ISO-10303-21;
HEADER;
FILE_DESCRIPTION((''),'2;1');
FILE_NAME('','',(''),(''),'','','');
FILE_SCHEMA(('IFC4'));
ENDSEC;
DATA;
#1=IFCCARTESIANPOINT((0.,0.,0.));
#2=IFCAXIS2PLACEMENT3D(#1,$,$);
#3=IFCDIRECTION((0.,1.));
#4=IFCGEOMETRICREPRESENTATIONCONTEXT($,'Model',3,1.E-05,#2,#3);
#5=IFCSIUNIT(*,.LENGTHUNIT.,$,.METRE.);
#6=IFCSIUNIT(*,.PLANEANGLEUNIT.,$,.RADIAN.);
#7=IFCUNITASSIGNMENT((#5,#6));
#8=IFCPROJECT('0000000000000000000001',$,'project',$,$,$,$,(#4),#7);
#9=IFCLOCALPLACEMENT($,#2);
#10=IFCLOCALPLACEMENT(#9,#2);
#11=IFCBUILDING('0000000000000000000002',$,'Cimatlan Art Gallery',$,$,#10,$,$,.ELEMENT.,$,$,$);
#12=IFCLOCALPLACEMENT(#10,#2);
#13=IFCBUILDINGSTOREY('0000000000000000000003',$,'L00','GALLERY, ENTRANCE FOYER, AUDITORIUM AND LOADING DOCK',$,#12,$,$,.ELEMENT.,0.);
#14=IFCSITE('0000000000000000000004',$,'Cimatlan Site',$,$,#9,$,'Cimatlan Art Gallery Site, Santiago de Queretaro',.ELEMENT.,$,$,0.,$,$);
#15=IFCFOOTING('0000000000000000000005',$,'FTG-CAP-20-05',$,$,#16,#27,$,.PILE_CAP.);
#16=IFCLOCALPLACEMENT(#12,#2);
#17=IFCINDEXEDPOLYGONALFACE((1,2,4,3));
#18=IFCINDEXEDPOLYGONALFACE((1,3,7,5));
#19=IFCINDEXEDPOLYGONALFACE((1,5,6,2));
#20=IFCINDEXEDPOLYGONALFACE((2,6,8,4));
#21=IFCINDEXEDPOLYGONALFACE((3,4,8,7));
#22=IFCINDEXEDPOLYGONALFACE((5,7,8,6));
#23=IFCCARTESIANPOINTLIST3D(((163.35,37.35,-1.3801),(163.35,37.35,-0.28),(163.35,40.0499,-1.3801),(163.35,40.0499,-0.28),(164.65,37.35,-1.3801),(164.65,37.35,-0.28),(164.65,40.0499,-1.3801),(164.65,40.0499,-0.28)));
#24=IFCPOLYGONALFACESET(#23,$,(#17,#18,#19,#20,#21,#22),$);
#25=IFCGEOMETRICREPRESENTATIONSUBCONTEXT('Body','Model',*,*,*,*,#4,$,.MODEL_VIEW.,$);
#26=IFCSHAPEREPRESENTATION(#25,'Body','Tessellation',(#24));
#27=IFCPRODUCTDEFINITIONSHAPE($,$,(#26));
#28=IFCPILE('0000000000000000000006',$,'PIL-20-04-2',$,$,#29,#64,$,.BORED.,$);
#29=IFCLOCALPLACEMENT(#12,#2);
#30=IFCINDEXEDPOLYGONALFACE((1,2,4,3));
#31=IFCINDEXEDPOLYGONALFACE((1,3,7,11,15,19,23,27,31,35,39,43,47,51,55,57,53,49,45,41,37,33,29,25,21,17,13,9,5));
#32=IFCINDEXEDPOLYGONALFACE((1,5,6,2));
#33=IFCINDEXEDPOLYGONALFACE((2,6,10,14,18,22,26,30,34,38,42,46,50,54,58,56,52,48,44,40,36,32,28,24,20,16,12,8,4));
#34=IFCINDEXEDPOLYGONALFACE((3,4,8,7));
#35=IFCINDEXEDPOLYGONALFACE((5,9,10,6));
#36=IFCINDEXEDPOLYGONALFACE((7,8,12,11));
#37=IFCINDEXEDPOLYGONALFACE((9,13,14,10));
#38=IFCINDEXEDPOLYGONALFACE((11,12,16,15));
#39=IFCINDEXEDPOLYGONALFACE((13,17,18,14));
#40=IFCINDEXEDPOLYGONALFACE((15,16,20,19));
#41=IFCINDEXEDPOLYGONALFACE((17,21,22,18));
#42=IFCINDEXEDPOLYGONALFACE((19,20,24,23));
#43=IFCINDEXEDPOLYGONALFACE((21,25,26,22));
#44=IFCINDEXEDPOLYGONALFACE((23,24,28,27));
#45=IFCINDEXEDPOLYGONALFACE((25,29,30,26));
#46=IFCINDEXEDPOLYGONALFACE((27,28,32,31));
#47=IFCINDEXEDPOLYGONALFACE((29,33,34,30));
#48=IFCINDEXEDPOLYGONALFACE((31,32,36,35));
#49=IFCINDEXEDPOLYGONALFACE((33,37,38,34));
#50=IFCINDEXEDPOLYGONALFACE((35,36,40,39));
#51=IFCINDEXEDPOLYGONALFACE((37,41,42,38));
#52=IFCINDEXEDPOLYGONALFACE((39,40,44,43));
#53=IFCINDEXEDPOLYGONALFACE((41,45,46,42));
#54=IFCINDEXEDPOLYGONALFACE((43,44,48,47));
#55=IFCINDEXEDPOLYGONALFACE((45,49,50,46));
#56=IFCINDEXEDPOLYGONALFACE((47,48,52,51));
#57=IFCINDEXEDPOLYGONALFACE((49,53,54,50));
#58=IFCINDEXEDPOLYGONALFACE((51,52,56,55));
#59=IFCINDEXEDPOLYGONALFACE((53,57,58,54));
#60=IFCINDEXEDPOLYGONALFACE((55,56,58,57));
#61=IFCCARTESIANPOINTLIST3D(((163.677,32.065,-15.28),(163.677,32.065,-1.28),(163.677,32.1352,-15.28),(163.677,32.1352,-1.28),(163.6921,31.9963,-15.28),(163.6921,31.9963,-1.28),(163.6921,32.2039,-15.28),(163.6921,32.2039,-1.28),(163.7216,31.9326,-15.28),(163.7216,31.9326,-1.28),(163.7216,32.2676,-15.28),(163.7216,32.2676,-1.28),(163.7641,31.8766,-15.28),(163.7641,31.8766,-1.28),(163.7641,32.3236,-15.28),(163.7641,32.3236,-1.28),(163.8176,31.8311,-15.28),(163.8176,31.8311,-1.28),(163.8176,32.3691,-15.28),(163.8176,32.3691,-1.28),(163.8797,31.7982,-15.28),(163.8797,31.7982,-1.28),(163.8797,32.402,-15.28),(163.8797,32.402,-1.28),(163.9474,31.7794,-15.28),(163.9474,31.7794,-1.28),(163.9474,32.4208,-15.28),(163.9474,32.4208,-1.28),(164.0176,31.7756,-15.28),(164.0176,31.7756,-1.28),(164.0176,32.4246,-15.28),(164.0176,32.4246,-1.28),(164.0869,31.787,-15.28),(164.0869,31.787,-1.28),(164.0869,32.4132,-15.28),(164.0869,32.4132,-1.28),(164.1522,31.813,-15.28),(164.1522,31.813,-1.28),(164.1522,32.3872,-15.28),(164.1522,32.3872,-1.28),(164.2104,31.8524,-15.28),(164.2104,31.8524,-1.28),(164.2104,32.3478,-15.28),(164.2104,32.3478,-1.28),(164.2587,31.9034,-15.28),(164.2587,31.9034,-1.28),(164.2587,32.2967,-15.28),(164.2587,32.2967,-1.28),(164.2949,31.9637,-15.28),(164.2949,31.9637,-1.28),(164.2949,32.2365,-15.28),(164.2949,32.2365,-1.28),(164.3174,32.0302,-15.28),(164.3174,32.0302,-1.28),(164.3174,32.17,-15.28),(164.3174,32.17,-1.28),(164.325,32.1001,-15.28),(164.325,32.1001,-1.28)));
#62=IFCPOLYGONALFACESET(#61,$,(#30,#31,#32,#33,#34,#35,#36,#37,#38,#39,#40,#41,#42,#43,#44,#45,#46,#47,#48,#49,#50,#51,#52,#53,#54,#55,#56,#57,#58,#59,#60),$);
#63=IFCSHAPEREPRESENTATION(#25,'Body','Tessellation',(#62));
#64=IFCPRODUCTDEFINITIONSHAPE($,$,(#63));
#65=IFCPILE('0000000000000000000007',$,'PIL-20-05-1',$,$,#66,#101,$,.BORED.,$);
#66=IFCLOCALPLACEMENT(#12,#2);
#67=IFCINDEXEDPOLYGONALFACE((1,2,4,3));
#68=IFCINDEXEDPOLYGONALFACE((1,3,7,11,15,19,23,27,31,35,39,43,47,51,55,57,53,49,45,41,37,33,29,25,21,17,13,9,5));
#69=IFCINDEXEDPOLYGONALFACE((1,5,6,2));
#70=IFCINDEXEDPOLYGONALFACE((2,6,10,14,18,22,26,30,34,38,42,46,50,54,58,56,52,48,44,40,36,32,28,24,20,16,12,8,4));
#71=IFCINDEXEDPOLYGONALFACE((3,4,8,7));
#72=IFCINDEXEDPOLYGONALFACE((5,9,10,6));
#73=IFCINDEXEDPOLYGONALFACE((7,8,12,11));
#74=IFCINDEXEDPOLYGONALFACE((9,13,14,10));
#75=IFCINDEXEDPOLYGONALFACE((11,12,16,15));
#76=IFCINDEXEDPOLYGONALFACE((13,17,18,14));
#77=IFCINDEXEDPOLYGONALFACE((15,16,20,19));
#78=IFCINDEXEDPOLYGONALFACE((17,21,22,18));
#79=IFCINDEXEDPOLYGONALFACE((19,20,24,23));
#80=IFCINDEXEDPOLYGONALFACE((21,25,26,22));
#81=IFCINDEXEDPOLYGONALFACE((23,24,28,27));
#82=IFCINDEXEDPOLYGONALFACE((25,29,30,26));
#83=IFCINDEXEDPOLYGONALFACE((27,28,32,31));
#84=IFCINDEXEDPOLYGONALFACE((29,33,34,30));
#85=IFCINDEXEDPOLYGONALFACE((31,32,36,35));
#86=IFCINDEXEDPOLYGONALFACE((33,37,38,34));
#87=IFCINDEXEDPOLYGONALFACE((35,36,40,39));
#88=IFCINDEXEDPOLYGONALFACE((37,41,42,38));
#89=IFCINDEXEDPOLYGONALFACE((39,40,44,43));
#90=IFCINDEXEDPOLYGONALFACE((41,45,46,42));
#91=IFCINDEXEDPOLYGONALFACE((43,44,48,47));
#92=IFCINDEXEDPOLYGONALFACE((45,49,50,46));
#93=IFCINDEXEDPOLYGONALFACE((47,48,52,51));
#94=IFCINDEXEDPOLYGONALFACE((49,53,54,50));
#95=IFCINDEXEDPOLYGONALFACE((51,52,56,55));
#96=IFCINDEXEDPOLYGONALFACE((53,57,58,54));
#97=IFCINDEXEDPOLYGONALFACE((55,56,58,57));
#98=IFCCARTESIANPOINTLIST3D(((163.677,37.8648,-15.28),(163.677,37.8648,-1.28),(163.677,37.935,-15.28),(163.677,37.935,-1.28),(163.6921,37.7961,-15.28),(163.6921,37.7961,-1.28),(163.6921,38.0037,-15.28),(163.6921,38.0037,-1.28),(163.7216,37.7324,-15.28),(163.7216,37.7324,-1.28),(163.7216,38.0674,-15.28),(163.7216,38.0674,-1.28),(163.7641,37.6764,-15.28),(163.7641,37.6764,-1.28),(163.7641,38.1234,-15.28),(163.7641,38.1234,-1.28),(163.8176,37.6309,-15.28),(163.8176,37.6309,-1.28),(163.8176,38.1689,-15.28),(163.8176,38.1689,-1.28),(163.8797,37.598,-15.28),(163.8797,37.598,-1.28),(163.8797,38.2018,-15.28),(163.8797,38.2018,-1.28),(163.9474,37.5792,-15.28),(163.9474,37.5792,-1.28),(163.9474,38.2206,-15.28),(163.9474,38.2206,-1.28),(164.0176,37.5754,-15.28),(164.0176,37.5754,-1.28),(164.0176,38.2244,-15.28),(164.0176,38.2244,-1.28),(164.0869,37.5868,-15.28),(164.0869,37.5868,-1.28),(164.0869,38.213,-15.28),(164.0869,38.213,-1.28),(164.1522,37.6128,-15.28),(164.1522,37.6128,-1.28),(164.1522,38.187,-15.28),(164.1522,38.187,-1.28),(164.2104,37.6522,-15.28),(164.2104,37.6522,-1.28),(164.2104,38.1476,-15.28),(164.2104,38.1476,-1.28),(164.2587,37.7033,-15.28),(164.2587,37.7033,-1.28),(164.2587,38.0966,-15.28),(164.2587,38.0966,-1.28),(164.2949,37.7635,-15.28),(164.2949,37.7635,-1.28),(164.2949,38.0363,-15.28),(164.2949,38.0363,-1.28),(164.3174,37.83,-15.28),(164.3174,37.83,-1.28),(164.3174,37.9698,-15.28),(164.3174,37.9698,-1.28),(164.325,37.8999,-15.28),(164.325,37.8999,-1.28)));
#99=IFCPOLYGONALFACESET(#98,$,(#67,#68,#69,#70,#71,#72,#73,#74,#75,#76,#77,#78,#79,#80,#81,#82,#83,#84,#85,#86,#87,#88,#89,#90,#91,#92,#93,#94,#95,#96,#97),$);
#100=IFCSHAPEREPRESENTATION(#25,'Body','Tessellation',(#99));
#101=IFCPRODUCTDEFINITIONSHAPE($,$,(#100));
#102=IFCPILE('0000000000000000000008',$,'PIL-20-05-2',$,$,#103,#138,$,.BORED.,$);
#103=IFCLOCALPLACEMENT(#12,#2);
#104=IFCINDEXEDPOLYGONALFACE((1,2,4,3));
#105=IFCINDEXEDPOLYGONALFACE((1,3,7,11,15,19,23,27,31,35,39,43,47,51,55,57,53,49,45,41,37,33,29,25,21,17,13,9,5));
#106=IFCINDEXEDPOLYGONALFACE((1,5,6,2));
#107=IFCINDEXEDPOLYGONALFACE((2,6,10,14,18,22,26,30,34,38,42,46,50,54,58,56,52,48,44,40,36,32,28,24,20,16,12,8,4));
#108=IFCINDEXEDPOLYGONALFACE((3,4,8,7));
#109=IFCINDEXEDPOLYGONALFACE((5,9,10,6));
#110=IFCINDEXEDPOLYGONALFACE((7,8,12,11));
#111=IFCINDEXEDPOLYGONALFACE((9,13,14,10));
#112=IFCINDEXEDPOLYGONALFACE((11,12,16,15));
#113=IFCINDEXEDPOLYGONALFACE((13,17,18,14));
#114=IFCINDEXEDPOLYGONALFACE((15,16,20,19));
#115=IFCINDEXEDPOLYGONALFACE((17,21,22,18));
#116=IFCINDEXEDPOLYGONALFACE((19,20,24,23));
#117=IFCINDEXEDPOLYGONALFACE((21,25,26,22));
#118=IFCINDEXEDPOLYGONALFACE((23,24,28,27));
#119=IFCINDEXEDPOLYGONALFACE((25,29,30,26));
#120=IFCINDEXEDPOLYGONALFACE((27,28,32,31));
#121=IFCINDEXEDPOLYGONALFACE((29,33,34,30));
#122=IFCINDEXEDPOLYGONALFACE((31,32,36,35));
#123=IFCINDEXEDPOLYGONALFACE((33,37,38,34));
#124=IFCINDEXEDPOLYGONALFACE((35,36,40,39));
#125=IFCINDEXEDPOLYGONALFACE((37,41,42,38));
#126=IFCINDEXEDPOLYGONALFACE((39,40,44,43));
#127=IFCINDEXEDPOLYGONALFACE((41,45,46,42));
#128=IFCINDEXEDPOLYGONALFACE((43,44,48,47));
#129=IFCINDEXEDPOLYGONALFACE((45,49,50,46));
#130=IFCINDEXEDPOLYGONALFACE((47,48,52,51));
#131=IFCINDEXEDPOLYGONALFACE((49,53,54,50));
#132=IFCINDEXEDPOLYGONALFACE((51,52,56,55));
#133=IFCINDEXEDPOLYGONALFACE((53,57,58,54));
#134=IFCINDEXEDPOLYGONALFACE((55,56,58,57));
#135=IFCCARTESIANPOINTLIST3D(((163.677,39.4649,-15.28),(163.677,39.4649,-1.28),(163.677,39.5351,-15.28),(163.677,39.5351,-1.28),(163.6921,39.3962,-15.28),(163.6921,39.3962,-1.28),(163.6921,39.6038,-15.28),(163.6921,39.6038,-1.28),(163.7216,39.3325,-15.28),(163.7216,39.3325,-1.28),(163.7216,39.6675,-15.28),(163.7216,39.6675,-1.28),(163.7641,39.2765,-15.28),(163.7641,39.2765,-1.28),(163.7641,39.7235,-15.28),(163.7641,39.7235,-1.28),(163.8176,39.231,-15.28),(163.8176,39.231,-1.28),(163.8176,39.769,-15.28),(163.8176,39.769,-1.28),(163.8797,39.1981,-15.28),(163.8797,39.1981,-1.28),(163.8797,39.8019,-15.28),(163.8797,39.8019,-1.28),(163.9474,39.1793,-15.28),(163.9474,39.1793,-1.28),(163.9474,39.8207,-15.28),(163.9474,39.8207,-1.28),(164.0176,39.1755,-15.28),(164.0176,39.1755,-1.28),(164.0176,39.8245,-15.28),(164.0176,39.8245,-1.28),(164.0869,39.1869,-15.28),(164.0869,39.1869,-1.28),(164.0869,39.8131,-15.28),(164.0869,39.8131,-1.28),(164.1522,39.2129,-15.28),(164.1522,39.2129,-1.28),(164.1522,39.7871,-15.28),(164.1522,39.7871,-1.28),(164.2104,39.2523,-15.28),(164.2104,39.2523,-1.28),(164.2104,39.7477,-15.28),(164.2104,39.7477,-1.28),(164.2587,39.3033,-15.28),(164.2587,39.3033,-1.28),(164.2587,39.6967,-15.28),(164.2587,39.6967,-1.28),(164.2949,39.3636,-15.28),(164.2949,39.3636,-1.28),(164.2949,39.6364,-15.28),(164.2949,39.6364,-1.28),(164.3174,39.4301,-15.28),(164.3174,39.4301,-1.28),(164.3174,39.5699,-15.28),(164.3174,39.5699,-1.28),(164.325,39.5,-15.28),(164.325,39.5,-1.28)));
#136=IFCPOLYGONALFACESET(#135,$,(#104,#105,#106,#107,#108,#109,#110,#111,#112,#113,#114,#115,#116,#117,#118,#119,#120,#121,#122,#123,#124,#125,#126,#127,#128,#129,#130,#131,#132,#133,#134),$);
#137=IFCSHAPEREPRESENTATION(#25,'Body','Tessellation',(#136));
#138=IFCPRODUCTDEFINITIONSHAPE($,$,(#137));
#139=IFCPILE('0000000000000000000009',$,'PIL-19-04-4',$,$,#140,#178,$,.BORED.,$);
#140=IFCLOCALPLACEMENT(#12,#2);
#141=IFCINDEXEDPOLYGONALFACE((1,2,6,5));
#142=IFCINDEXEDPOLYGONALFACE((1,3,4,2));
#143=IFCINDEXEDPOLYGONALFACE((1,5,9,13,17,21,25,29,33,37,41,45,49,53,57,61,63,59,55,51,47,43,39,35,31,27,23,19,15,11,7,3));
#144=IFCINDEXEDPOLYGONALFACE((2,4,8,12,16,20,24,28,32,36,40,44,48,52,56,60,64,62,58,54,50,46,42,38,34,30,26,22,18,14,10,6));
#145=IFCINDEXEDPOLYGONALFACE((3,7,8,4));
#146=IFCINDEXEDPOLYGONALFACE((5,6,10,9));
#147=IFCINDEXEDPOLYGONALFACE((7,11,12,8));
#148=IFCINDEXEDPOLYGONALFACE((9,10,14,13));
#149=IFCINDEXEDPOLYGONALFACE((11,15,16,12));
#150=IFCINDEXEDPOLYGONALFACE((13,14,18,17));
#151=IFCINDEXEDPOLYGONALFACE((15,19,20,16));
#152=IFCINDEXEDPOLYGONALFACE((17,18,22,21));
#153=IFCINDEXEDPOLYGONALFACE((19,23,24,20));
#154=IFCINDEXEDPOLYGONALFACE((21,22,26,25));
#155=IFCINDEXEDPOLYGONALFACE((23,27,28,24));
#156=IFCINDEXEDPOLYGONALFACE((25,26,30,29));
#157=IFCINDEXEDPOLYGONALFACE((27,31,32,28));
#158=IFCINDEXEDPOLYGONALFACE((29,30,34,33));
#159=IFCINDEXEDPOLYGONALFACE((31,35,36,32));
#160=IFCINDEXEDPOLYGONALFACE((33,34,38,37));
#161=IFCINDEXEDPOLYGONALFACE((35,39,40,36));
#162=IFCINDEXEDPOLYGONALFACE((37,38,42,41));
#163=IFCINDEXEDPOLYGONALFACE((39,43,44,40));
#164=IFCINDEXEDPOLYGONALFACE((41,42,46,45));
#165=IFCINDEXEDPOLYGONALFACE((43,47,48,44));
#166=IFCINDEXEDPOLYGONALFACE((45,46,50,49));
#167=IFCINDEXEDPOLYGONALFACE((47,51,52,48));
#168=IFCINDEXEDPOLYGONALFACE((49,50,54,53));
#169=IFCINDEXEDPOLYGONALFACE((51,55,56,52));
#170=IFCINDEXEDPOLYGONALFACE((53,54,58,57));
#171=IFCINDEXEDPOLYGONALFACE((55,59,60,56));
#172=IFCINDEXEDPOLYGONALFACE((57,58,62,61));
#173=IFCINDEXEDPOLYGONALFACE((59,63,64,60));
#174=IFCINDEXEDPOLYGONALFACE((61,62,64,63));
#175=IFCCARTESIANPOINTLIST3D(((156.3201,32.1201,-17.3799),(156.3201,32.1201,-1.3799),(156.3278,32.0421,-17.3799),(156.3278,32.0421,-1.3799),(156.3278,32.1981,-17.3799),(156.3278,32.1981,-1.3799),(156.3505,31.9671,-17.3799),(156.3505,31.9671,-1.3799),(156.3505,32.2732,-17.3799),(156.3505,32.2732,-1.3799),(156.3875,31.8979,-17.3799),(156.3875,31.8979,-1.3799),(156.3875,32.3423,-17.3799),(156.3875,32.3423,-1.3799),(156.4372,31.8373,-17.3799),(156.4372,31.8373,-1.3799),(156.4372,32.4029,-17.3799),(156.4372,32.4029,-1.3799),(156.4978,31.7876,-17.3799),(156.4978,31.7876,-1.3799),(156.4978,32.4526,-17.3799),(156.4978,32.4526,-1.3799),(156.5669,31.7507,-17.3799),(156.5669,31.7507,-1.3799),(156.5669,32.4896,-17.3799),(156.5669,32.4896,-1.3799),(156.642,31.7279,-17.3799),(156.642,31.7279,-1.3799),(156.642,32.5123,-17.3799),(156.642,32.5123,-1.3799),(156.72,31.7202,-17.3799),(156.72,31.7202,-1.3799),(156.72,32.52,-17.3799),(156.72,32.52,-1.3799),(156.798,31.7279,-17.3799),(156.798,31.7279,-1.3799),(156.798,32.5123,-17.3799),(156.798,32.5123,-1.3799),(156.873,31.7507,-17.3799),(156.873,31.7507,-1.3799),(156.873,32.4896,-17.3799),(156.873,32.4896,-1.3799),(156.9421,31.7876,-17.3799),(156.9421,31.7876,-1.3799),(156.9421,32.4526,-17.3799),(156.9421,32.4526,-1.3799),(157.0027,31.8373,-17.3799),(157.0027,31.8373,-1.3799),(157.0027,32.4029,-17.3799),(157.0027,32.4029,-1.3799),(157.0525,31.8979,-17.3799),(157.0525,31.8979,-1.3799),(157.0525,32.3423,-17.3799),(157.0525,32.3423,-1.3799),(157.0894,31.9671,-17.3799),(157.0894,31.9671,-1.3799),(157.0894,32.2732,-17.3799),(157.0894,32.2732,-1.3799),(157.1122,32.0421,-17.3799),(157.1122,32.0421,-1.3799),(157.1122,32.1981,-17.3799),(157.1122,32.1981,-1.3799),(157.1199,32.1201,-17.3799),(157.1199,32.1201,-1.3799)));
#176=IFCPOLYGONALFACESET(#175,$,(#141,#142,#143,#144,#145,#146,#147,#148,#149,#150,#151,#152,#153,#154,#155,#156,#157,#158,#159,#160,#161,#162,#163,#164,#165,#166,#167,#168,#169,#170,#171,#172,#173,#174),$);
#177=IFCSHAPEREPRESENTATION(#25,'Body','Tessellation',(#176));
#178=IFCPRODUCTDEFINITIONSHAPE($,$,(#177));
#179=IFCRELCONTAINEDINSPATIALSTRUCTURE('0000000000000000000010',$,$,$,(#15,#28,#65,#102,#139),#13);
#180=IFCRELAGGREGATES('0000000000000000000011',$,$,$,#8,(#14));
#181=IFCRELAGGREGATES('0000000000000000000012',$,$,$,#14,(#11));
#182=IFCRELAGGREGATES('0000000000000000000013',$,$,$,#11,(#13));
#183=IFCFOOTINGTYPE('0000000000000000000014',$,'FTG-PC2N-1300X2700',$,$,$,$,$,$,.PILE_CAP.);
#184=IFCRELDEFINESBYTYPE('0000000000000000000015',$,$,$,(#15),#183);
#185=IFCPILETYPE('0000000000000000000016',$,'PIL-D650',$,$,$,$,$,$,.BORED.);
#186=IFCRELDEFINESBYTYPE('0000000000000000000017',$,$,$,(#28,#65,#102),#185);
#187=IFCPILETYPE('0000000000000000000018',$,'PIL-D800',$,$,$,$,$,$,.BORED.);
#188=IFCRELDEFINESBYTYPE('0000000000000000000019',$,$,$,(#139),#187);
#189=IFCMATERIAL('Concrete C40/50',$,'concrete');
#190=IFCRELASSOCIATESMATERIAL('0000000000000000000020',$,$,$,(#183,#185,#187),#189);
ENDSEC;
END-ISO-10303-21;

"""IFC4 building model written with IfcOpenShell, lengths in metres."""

from ifc_helpers import new_model, si_unit, direction, frame, origin, origin_2d, place, context, subcontext, project, spatial, rectangle, circle, extrude, material, type_object, element, save


model = new_model("IFC4")

# Units and contexts
model_context = context("Model", 3, precision=1e-05, world=origin(), true_north=direction((0.0, 1.0)))
body_context = subcontext(model_context, "Body", "Model", "MODEL_VIEW")
ifc_project = project(units=[si_unit("LENGTHUNIT", "METRE"), si_unit("PLANEANGLEUNIT", "RADIAN")], contexts=[model_context])

# Site, building, storey
site_placement = place(None, origin())
site = spatial("IfcSite", under=ifc_project, at=site_placement, Name="Cimatlan Site", LongName="Cimatlan Art Gallery Site, Santiago de Queretaro", CompositionType="ELEMENT", RefElevation=0.0)
building_placement = place(site_placement, origin())
building = spatial("IfcBuilding", under=site, at=building_placement, Name="Cimatlan Art Gallery", CompositionType="ELEMENT")
storey_placement = place(building_placement, origin())
storey = spatial("IfcBuildingStorey", under=building, at=storey_placement, Name="L00", Description="GALLERY, ENTRANCE FOYER, AUDITORIUM AND LOADING DOCK", CompositionType="ELEMENT", Elevation=0.0)

# Footing
ifc_material_1 = material(Name="Concrete C40/50", Category="concrete")
footing_type = type_object("IfcFootingType", Name="FTG-PC2N-1300X2700", PredefinedType="PILE_CAP", material=ifc_material_1)
footing_placement = place(storey_placement, frame((164.0, 38.7, -1.3801), z_axis=(0.0, 0.0, 1.0), x_axis=(1.0, 0.0, 0.0)))
element("IfcFooting", 1, at=footing_placement, inside=storey, type_object=footing_type, Name="FTG-CAP-20-05", PredefinedType="PILE_CAP", context=body_context, shape_type="SweptSolid", body=[
    extrude(rectangle(XDim=1.3, YDim=2.7, at=origin_2d()), origin(), (0.0, 0.0, 1.0), 1.1001),
])

# Piles
pile_type_1 = type_object("IfcPileType", Name="PIL-D650", PredefinedType="BORED", material=ifc_material_1)
for number, where, z_axis, x_axis, name in (
    (2, (164.0, 32.1001, -1.28), (0.0, 0.0, -1.0), (1.0, 0.0, 0.0), "PIL-20-04-2"),
    (3, (164.0, 37.8999, -1.28), (0.0, 0.0, -1.0), (1.0, 0.0, 0.0), "PIL-20-05-1"),
    (4, (164.0, 39.5, -1.28), (0.0, 0.0, -1.0), (1.0, 0.0, 0.0), "PIL-20-05-2"),
):
    element("IfcPile", number, at=place(storey_placement, frame(where, z_axis=z_axis, x_axis=x_axis)), inside=storey, type_object=pile_type_1, Name=name, PredefinedType="BORED", context=body_context, shape_type="SweptSolid", body=[
        extrude(circle(Radius=0.325, at=origin_2d()), origin(), (0.0, 0.0, 1.0), 14.0),
    ])
pile_type_2 = type_object("IfcPileType", Name="PIL-D800", PredefinedType="BORED", material=ifc_material_1)
for number, where, z_axis, x_axis, name in (
    (5, (156.72, 32.1201, -1.3799), (0.0, 0.0, -1.0), (1.0, 0.0, 0.0), "PIL-19-04-4"),
):
    element("IfcPile", number, at=place(storey_placement, frame(where, z_axis=z_axis, x_axis=x_axis)), inside=storey, type_object=pile_type_2, Name=name, PredefinedType="BORED", context=body_context, shape_type="SweptSolid", body=[
        extrude(circle(Radius=0.3999, at=origin_2d()), origin(), (0.0, 0.0, 1.0), 16.0),
    ])

save(model, "model.ifc")
